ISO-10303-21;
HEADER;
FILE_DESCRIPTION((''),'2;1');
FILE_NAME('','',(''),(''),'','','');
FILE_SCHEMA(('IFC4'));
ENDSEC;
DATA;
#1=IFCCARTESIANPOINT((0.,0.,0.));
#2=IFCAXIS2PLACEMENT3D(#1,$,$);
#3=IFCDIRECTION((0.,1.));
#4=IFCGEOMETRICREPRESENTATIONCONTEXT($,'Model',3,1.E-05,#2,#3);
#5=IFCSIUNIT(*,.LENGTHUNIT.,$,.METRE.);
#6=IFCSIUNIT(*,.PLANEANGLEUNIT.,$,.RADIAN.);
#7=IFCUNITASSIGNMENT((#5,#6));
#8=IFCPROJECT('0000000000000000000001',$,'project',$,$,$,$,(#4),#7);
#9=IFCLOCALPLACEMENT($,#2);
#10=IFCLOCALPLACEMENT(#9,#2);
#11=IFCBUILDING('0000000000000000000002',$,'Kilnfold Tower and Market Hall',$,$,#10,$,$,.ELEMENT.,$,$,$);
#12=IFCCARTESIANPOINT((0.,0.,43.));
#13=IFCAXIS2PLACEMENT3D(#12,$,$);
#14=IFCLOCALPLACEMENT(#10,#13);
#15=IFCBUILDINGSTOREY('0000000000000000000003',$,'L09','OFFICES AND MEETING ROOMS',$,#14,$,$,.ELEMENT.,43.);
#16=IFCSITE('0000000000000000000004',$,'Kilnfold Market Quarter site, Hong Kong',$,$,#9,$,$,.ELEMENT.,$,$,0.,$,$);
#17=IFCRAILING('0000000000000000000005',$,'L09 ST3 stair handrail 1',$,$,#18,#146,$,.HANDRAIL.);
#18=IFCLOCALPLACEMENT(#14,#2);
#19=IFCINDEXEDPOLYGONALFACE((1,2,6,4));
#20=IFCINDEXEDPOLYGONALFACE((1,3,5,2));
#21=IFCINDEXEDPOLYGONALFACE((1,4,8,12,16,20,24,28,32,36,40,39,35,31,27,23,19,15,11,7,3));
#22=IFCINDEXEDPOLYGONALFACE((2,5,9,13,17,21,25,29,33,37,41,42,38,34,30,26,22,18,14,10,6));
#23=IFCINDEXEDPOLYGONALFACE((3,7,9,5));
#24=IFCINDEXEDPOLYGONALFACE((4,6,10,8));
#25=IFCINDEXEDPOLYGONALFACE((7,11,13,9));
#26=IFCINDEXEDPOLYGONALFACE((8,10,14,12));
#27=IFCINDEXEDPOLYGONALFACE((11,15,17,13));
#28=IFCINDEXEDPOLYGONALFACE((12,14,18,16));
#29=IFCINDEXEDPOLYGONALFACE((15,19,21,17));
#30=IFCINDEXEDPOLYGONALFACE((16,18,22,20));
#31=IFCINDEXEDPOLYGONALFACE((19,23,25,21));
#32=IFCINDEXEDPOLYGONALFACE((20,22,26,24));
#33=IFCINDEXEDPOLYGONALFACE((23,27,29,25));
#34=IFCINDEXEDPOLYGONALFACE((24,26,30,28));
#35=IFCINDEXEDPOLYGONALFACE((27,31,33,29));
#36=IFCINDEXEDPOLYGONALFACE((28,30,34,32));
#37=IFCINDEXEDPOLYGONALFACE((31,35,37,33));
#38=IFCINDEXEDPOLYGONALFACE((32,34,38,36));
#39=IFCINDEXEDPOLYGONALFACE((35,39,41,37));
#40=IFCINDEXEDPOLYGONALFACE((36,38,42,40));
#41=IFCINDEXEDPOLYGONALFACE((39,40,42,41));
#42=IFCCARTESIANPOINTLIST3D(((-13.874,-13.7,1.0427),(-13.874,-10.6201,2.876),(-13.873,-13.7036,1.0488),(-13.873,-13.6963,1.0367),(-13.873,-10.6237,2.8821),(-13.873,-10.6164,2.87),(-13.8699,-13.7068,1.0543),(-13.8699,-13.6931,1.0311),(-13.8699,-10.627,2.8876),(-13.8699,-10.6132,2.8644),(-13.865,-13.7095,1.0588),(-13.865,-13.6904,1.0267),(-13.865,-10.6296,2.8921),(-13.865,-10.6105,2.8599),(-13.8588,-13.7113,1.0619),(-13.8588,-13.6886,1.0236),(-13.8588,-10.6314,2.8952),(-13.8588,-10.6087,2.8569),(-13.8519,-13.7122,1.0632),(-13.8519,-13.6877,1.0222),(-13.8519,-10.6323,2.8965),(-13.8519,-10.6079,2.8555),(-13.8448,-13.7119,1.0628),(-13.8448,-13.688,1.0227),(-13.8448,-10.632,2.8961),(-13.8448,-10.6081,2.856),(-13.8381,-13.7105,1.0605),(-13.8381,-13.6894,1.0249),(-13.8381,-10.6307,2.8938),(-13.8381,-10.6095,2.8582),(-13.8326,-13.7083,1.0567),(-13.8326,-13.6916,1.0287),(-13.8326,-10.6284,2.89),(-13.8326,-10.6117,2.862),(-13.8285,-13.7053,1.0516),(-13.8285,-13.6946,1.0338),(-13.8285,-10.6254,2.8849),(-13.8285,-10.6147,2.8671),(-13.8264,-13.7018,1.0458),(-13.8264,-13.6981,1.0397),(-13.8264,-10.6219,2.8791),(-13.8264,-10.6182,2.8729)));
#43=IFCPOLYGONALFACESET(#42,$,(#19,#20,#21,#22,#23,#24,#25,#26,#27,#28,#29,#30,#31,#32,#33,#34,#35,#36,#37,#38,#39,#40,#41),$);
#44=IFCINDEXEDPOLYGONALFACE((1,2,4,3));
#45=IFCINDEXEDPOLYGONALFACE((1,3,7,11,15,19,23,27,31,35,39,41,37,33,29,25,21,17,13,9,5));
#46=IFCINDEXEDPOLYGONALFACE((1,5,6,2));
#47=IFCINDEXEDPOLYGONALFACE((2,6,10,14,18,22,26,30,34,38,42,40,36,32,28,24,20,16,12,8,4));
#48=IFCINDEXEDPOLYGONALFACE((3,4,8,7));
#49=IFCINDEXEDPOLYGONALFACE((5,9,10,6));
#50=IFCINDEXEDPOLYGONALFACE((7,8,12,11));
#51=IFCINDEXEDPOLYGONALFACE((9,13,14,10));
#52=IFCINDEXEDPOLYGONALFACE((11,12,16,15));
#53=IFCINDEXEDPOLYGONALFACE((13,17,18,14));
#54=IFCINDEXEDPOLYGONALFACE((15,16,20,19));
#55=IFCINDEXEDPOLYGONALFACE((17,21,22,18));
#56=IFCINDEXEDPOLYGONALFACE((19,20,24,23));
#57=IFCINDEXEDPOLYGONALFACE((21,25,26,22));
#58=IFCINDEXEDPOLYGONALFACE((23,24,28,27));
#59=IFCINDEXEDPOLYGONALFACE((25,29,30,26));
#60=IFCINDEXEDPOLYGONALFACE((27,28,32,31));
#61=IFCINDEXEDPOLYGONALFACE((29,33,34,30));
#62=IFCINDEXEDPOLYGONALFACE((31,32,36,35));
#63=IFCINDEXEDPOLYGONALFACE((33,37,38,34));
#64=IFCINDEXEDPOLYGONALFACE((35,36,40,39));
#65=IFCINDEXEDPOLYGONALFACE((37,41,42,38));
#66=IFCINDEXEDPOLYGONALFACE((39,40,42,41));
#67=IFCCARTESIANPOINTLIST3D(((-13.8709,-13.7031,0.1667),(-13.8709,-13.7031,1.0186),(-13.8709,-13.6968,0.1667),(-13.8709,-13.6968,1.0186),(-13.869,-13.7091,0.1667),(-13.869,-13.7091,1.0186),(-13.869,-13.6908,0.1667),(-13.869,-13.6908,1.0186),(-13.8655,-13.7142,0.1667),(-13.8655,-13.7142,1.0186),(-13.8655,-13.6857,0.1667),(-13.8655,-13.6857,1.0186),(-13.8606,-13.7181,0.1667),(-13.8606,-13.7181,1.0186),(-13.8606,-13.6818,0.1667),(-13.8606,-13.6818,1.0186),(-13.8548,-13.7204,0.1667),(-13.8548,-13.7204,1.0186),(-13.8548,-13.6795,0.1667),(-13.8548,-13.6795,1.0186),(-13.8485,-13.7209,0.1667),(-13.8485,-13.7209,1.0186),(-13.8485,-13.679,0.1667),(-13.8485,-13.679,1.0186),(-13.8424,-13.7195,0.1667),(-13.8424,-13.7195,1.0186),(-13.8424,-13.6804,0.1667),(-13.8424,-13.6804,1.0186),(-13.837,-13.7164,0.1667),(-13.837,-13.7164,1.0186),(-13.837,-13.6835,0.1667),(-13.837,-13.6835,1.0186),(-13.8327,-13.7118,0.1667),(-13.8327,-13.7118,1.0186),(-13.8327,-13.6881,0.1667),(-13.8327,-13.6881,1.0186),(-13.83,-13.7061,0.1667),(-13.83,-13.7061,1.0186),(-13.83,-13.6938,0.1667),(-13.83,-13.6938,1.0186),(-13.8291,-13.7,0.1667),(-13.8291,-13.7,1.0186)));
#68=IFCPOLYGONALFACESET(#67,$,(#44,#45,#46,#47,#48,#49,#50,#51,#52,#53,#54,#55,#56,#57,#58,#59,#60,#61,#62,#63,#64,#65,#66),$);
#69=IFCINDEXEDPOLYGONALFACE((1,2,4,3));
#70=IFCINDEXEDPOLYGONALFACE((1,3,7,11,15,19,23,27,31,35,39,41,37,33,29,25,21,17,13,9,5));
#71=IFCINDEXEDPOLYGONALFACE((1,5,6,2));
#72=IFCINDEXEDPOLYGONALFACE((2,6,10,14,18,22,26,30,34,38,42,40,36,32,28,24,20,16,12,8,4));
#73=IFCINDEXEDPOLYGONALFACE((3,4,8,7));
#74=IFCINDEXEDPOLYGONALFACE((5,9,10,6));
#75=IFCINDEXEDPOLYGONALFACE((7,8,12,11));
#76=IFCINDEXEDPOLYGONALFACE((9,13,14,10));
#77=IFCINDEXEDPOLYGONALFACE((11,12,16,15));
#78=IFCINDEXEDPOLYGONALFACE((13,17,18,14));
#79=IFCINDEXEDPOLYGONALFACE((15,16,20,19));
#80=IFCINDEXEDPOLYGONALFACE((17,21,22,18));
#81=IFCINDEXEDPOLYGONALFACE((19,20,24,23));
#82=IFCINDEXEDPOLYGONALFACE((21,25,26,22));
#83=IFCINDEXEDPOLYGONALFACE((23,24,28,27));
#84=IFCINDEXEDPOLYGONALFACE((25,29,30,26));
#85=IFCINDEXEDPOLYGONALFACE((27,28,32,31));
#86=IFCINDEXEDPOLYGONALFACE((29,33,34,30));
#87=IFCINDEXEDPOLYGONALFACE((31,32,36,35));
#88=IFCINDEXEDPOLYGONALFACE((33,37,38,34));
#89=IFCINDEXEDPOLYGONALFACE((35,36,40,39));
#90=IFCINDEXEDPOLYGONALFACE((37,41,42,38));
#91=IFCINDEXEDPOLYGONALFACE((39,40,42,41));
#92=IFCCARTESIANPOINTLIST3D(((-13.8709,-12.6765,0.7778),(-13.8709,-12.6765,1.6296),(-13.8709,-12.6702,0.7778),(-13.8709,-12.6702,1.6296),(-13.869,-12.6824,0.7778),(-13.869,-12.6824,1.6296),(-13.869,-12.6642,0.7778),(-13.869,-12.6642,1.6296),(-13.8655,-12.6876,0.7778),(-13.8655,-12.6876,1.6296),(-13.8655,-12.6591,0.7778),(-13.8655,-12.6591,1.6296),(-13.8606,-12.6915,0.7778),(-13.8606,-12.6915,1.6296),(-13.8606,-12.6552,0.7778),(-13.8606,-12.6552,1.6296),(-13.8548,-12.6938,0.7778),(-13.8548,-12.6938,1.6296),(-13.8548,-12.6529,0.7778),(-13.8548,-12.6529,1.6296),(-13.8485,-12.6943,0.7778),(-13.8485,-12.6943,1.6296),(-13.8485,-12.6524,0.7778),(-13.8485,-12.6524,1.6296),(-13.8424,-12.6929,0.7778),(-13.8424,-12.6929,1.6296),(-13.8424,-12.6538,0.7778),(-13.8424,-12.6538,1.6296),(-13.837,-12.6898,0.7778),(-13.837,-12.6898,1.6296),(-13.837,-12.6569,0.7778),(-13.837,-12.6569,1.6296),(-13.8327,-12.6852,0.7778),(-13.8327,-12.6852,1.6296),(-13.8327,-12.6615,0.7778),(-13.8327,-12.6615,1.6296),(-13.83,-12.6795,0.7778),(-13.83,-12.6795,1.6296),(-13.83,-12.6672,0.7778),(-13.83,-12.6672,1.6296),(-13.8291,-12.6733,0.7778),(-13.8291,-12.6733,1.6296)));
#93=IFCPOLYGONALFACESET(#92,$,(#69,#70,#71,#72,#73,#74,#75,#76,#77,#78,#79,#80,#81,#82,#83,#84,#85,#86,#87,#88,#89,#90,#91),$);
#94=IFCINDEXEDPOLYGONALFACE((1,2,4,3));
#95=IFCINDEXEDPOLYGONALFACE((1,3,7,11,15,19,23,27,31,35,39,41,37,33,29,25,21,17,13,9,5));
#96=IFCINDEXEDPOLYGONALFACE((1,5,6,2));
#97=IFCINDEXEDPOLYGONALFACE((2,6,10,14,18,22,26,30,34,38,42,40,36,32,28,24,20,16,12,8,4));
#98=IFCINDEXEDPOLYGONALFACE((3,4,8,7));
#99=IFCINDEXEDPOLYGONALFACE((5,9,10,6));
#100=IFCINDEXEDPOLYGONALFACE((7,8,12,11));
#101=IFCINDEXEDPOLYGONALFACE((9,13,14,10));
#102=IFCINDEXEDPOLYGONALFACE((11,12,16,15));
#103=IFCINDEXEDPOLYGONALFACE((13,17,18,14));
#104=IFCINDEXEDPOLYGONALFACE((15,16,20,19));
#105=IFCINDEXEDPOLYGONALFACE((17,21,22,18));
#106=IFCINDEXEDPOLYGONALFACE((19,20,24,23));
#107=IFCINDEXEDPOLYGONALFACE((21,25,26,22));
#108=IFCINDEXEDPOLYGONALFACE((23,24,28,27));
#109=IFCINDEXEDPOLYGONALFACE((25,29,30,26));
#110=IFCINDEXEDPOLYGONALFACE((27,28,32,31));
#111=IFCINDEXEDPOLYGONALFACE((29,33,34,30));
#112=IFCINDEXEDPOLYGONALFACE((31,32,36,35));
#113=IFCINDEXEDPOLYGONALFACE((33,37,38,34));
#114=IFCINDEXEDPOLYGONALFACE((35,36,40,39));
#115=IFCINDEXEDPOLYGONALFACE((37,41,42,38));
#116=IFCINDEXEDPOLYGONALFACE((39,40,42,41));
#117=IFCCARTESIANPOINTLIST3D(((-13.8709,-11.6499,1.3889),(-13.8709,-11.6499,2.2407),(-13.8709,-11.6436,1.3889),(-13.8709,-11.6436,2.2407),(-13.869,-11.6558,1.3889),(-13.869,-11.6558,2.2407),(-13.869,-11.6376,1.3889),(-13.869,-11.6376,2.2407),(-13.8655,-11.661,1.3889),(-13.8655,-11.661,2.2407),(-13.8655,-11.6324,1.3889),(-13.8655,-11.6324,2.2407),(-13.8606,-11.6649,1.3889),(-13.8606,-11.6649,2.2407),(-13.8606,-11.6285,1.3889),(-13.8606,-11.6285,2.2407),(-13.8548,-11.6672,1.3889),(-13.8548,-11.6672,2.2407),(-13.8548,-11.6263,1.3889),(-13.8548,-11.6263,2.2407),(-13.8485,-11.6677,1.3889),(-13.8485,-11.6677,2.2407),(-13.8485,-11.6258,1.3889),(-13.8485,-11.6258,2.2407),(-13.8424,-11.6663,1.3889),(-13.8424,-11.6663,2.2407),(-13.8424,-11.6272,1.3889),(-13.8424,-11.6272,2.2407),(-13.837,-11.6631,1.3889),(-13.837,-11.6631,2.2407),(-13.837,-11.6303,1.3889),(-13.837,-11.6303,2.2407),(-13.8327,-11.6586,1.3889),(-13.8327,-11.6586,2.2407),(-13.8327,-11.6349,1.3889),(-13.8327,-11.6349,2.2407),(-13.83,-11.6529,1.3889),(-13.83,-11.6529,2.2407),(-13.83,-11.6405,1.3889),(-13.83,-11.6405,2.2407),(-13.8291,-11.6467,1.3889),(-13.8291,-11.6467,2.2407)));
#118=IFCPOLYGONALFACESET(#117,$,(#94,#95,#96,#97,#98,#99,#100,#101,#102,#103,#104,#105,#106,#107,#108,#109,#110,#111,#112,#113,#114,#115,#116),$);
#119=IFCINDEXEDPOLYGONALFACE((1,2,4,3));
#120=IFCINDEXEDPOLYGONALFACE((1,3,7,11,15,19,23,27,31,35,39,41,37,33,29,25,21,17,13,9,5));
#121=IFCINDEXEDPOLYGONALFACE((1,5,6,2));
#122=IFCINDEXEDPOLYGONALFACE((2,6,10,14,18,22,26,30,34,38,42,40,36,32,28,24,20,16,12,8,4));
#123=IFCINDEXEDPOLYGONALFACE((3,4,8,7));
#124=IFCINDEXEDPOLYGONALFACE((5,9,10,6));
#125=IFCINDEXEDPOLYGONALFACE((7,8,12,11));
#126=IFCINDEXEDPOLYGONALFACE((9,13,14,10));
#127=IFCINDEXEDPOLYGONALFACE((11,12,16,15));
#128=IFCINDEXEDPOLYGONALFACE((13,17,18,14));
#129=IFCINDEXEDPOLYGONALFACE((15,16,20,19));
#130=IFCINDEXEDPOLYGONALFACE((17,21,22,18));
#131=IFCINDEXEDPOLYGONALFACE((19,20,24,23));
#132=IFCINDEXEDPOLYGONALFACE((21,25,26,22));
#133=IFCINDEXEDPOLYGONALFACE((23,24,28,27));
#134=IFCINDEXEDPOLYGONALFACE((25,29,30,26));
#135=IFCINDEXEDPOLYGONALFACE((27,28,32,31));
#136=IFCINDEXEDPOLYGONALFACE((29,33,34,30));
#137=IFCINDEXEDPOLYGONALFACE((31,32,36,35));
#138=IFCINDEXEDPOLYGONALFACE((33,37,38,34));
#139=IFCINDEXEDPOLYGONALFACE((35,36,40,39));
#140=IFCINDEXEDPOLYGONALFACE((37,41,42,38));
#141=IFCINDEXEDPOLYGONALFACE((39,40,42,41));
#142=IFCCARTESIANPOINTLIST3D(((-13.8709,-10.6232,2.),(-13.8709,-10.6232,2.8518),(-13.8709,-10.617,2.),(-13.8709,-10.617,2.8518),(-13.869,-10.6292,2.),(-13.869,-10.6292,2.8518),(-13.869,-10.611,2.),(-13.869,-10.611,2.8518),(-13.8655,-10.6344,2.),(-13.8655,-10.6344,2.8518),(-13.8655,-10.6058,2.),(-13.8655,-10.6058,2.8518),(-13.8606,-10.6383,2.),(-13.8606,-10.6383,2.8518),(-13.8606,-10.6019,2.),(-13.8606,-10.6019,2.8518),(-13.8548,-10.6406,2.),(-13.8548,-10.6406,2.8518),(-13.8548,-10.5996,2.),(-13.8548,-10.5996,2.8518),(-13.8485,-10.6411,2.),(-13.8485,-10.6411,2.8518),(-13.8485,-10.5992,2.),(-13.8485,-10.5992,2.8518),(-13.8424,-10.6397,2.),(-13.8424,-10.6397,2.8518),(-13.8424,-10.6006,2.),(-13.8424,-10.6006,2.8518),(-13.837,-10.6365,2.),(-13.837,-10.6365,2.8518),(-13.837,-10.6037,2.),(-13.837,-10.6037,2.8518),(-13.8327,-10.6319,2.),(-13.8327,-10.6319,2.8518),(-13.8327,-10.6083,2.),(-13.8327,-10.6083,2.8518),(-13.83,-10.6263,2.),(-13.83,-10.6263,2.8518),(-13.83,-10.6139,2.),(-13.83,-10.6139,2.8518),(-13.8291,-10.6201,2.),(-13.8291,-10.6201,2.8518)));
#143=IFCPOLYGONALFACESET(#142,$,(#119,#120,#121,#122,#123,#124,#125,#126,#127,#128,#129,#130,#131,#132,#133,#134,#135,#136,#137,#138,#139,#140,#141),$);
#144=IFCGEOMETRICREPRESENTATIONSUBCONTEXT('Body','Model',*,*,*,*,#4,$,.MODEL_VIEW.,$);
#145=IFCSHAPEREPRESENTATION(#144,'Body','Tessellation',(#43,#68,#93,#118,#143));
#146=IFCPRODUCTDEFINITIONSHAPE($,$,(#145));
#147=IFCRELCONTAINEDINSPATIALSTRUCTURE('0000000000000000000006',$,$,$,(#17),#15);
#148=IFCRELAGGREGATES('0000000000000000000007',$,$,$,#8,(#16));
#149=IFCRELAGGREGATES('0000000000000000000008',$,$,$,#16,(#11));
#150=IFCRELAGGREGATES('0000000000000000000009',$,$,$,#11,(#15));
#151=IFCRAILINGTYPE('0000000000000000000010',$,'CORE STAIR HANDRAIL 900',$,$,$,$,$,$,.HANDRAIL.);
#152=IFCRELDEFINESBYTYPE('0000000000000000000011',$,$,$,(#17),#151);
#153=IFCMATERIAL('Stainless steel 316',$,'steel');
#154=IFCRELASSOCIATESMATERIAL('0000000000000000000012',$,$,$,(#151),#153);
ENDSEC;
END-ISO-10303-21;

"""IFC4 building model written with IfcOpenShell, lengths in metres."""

from ifc_helpers import new_model, si_unit, direction, frame, origin, origin_2d, place, context, subcontext, project, spatial, circle, extrude, material, type_object, element, save


model = new_model("IFC4")

# Units and contexts
model_context = context("Model", 3, precision=1e-05, world=origin(), true_north=direction((0.0, 1.0)))
body_context = subcontext(model_context, "Body", "Model", "MODEL_VIEW")
ifc_project = project(units=[si_unit("LENGTHUNIT", "METRE"), si_unit("PLANEANGLEUNIT", "RADIAN")], contexts=[model_context])

# Site, building, storey
site_placement = place(None, origin())
site = spatial("IfcSite", under=ifc_project, at=site_placement, Name="Kilnfold Market Quarter site, Hong Kong", CompositionType="ELEMENT", RefElevation=0.0)
building_placement = place(site_placement, origin())
building = spatial("IfcBuilding", under=site, at=building_placement, Name="Kilnfold Tower and Market Hall", CompositionType="ELEMENT")
storey_placement = place(building_placement, frame((0.0, 0.0, 43.0)))
storey = spatial("IfcBuildingStorey", under=building, at=storey_placement, Name="L09", Description="OFFICES AND MEETING ROOMS", CompositionType="ELEMENT", Elevation=43.0)

# Railing
ifc_material_1 = material(Name="Stainless steel 316", Category="steel")
railing_type_1 = type_object("IfcRailingType", Name="CORE STAIR HANDRAIL 900", PredefinedType="HANDRAIL", material=ifc_material_1)
railing_1_placement = place(storey_placement, frame((-13.8501, -13.7, 0.1667)))
element("IfcRailing", 1, at=railing_1_placement, inside=storey, type_object=railing_type_1, Name="L09 ST3 stair handrail 1", PredefinedType="HANDRAIL", context=body_context, shape_type="SweptSolid", body=[
    extrude(circle(Radius=0.0239, at=origin_2d()), frame((0.0, 0.0, 0.876), z_axis=(0.0, 0.859291, 0.511487), x_axis=(-1.0, 0.0, 0.0)), (0.0, 0.0, 1.0), 3.5842),
    extrude(circle(Radius=0.021, at=origin_2d()), origin(), (0.0, 0.0, 1.0), 0.8518),
    extrude(circle(Radius=0.021, at=origin_2d()), frame((0.0, 1.0266, 0.6111)), (0.0, 0.0, 1.0), 0.8518),
    extrude(circle(Radius=0.021, at=origin_2d()), frame((0.0, 2.0532, 1.2222)), (0.0, 0.0, 1.0), 0.8518),
    extrude(circle(Radius=0.021, at=origin_2d()), frame((0.0, 3.0798, 1.8333)), (0.0, 0.0, 1.0), 0.8518),
])

save(model, "model.ifc")
